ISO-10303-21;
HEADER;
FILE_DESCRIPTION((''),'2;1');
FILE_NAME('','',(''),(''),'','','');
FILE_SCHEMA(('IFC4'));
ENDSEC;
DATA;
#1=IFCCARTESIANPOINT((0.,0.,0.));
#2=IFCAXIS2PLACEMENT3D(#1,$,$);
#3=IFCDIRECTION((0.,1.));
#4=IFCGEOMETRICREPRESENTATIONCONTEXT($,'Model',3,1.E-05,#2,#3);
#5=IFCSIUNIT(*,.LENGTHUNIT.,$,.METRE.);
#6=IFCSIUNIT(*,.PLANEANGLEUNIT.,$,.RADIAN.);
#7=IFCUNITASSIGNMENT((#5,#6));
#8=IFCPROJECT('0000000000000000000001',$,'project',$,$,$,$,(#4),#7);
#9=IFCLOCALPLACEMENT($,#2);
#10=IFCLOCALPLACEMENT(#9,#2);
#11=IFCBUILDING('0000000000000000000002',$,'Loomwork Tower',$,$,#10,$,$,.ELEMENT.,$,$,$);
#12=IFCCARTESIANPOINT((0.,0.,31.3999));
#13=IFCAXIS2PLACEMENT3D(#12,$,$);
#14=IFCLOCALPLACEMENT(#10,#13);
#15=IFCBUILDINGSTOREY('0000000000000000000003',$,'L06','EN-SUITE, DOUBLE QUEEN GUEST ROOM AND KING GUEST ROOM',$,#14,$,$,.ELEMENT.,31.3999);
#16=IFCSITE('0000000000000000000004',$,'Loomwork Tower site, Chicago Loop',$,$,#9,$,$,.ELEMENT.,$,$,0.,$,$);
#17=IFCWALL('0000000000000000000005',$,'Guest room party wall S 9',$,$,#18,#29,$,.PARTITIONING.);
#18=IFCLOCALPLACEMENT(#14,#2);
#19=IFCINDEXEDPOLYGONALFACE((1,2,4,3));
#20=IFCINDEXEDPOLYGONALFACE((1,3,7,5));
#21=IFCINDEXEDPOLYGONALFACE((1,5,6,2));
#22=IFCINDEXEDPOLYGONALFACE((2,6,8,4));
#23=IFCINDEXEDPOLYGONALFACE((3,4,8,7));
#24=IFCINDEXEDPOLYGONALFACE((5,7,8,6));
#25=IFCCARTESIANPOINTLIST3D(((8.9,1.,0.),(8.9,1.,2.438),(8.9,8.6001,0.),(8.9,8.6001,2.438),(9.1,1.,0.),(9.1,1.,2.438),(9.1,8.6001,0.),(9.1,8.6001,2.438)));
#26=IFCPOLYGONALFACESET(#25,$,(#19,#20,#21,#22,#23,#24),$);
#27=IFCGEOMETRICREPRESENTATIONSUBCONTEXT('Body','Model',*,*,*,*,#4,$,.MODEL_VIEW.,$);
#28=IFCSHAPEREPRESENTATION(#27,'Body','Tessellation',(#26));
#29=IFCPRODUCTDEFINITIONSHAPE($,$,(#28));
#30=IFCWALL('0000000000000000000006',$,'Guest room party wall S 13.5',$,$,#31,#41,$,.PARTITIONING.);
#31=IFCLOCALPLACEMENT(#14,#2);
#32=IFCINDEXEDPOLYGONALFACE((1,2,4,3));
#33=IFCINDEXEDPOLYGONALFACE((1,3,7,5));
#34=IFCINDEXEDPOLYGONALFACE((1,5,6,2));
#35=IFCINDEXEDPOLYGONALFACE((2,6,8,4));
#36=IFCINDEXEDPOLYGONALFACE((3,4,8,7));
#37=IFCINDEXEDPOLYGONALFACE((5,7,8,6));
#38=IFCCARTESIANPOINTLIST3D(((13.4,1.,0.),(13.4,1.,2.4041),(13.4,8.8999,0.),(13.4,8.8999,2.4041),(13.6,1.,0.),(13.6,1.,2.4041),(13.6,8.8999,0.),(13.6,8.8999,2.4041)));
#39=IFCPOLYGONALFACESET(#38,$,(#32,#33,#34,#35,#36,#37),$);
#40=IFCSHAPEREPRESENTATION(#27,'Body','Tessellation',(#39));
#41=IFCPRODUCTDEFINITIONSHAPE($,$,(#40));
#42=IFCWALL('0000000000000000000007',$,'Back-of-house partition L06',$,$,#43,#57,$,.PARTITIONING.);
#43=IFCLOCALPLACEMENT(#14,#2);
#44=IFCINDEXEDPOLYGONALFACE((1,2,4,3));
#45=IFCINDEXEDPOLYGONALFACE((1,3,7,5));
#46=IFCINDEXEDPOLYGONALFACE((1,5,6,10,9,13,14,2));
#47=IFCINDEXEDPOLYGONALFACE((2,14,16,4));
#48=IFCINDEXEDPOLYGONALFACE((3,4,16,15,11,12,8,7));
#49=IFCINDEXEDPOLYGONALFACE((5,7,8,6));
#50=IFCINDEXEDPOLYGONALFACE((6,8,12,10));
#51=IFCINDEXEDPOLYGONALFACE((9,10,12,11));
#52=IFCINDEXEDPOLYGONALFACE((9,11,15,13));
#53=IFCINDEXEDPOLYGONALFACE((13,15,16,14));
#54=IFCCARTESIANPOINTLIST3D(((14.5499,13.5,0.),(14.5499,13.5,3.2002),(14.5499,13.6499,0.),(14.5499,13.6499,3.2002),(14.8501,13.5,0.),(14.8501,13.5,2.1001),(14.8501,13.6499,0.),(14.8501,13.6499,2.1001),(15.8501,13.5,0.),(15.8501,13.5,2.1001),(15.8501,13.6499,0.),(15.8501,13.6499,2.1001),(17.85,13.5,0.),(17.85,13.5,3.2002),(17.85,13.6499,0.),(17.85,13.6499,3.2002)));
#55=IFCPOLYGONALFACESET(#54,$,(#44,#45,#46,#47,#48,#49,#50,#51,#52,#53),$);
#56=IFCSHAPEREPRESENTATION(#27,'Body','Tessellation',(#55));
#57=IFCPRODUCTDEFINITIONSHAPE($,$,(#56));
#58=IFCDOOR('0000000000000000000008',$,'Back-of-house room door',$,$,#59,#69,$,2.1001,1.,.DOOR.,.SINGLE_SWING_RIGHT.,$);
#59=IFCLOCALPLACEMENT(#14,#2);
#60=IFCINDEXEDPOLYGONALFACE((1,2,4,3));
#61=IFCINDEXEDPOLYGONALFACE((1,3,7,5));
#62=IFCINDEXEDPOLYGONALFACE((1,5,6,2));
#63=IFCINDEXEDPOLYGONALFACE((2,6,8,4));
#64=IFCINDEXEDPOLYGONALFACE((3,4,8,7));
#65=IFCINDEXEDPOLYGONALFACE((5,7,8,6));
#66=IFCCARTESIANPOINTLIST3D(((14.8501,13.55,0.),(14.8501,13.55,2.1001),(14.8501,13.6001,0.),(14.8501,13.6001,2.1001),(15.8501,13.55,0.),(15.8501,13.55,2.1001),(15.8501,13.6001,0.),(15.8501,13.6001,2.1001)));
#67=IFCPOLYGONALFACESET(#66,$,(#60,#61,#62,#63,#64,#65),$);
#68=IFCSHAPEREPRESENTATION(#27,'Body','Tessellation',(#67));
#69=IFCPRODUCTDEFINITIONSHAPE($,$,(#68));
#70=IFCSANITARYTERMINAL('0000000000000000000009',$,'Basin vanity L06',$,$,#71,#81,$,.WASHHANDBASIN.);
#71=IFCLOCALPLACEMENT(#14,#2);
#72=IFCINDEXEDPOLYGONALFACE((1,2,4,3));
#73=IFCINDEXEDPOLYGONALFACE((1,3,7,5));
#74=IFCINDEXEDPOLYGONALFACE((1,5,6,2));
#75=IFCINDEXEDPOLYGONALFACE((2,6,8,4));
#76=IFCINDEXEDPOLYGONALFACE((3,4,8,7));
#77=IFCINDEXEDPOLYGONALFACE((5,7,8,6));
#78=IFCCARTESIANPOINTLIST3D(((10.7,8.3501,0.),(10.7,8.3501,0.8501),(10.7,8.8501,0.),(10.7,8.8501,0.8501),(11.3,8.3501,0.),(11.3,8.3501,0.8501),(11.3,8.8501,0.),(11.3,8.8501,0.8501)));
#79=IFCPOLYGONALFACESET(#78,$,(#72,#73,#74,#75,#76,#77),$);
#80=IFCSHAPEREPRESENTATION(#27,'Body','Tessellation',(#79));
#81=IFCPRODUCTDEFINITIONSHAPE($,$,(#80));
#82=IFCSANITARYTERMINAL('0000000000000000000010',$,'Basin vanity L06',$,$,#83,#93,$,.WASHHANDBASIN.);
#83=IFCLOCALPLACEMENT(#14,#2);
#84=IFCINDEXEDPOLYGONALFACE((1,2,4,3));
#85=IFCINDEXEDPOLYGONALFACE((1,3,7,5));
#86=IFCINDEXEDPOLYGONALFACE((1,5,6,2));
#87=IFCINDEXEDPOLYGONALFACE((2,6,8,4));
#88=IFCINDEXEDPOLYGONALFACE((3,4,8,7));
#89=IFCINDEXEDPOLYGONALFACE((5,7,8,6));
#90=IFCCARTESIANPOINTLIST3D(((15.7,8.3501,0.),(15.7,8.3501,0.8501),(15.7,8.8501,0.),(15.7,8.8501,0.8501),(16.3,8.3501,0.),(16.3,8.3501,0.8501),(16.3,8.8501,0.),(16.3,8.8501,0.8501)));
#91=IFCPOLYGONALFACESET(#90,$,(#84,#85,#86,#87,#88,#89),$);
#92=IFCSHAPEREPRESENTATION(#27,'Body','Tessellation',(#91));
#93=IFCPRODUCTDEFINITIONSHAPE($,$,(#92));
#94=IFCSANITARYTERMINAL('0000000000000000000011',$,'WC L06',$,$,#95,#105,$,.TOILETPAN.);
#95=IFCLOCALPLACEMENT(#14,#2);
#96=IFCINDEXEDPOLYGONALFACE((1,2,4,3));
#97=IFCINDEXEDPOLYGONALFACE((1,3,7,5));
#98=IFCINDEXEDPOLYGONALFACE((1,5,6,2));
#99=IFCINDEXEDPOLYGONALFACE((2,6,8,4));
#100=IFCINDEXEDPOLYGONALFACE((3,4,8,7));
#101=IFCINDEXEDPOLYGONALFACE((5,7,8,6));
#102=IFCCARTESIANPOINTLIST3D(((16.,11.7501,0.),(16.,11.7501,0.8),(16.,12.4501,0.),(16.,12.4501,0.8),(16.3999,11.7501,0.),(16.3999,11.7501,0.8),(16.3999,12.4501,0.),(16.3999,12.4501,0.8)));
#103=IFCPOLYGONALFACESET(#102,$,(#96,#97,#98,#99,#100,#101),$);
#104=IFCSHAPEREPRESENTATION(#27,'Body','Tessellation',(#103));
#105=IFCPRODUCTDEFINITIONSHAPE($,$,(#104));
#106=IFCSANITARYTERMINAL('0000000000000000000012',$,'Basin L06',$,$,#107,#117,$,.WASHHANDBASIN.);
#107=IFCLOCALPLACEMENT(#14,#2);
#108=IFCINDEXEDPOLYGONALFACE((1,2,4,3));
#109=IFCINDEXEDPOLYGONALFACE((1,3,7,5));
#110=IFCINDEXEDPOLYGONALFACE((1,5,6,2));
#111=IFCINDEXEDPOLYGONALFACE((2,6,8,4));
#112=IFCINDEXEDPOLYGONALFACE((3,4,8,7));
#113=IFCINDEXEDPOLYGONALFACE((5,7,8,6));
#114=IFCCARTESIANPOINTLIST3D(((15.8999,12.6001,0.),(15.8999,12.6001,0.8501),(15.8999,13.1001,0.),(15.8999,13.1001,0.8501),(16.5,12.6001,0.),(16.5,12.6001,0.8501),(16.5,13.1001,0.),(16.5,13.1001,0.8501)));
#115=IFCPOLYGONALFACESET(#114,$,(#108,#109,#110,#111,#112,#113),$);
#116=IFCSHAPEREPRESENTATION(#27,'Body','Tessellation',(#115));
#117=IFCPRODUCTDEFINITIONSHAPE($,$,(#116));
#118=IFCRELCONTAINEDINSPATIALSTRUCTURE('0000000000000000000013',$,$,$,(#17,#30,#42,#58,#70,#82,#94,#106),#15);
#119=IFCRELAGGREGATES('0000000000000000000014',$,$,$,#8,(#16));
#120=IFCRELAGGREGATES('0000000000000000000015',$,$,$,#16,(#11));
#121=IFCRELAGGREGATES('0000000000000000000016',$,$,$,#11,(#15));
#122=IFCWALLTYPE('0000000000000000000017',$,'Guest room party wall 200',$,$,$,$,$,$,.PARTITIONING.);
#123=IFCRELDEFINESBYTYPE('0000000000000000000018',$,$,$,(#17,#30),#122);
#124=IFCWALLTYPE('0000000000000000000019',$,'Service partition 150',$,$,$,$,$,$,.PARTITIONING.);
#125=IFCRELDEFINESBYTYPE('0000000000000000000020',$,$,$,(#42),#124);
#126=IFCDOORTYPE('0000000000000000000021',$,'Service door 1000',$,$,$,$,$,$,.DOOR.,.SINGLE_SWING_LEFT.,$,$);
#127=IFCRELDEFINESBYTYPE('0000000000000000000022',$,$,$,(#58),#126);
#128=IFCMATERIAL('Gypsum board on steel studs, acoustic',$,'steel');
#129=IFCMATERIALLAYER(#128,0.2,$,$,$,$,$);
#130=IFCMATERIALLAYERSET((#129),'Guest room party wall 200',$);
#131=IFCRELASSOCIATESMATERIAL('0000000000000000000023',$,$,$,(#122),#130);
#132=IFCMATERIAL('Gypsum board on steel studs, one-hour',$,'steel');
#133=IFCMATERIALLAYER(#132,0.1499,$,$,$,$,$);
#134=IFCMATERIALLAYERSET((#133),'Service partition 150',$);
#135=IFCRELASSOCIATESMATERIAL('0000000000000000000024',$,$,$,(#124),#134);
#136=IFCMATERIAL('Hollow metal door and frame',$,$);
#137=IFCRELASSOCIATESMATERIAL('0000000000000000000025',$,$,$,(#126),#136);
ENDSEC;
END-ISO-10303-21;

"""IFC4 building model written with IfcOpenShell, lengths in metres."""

from ifc_helpers import new_model, si_unit, direction, frame, frame_2d, origin, origin_2d, place, context, subcontext, project, spatial, rectangle, extrude, material, layer, layer_set, type_object, element, fill, save


model = new_model("IFC4")

# Units and contexts
model_context = context("Model", 3, precision=1e-05, world=origin(), true_north=direction((0.0, 1.0)))
body_context = subcontext(model_context, "Body", "Model", "MODEL_VIEW")
ifc_project = project(units=[si_unit("LENGTHUNIT", "METRE"), si_unit("PLANEANGLEUNIT", "RADIAN")], contexts=[model_context])

# Site, building, storey
site_placement = place(None, origin())
site = spatial("IfcSite", under=ifc_project, at=site_placement, Name="Loomwork Tower site, Chicago Loop", CompositionType="ELEMENT", RefElevation=0.0)
building_placement = place(site_placement, origin())
building = spatial("IfcBuilding", under=site, at=building_placement, Name="Loomwork Tower", CompositionType="ELEMENT")
storey_placement = place(building_placement, frame((0.0, 0.0, 31.3999)))
storey = spatial("IfcBuildingStorey", under=building, at=storey_placement, Name="L06", Description="EN-SUITE, DOUBLE QUEEN GUEST ROOM AND KING GUEST ROOM", CompositionType="ELEMENT", Elevation=31.3999)

# Walls
ifc_material_1 = material(Name="Gypsum board on steel studs, acoustic", Category="steel")
ifc_layer_1 = layer(ifc_material_1, 0.2)
ifc_layer_set_1 = layer_set([ifc_layer_1], Name="Guest room party wall 200")
wall_type_1 = type_object("IfcWallType", Name="Guest room party wall 200", PredefinedType="PARTITIONING", material=ifc_layer_set_1)
wall_1_placement = place(storey_placement, frame((9.0, 8.6001, 0.0), z_axis=(0.0, 0.0, 1.0), x_axis=(0.0, -1.0, 0.0)))
element("IfcWall", 1, at=wall_1_placement, inside=storey, type_object=wall_type_1, Name="Guest room party wall S 9", PredefinedType="PARTITIONING", context=body_context, shape_type="SweptSolid", body=[
    extrude(rectangle(XDim=7.6001, YDim=0.2, at=frame_2d((3.8, 0.0))), origin(), (0.0, 0.0, 1.0), 2.438),
])
wall_2_placement = place(storey_placement, frame((13.5, 8.8999, 0.0), z_axis=(0.0, 0.0, 1.0), x_axis=(0.0, -1.0, 0.0)))
element("IfcWall", 2, at=wall_2_placement, inside=storey, type_object=wall_type_1, Name="Guest room party wall S 13.5", PredefinedType="PARTITIONING", context=body_context, shape_type="SweptSolid", body=[
    extrude(rectangle(XDim=7.8999, YDim=0.2, at=frame_2d((3.95, 0.0))), origin(), (0.0, 0.0, 1.0), 2.4041),
])

# Wall, opening, door
ifc_material_2 = material(Name="Gypsum board on steel studs, one-hour", Category="steel")
ifc_layer_2 = layer(ifc_material_2, 0.1499)
ifc_layer_set_2 = layer_set([ifc_layer_2], Name="Service partition 150")
wall_type_2 = type_object("IfcWallType", Name="Service partition 150", PredefinedType="PARTITIONING", material=ifc_layer_set_2)
wall_3_placement = place(storey_placement, frame((14.55, 13.575, 0.0), z_axis=(0.0, 0.0, 1.0), x_axis=(1.0, 0.0, 0.0)))
wall_3 = element("IfcWall", 3, at=wall_3_placement, inside=storey, type_object=wall_type_2, Name="Back-of-house partition L06", PredefinedType="PARTITIONING", context=body_context, shape_type="SweptSolid", body=[
    extrude(rectangle(XDim=3.3, YDim=0.1499, at=frame_2d((1.6499, 0.0))), origin(), (0.0, 0.0, 1.0), 3.2002),
])
opening_1_placement = place(wall_3_placement, frame((0.3, 0.0, 0.0)))
opening_1 = element("IfcOpeningElement", 4, at=opening_1_placement, cuts=wall_3, PredefinedType="OPENING", context=body_context, shape_type="SweptSolid", body=[
    extrude(rectangle(XDim=1.0, YDim=2.1001, at=frame_2d((0.5, 1.05))), frame((0.0, 0.085, 0.0), z_axis=(0.0, -1.0, 0.0), x_axis=(1.0, 0.0, 0.0)), (0.0, 0.0, 1.0), 0.1699),
])
ifc_material_3 = material(Name="Hollow metal door and frame")
door_type_1 = type_object("IfcDoorType", Name="Service door 1000", OperationType="SINGLE_SWING_LEFT", PredefinedType="DOOR", material=ifc_material_3)
door_1_placement = place(opening_1_placement, frame((1.0, 0.0, 0.0), z_axis=(0.0, 0.0, 1.0), x_axis=(-1.0, 0.0, 0.0)))
door_1 = element("IfcDoor", 5, at=door_1_placement, inside=storey, type_object=door_type_1, Name="Back-of-house room door", OperationType="SINGLE_SWING_RIGHT", OverallHeight=2.1001, OverallWidth=1.0, PredefinedType="DOOR", context=body_context, shape_type="SweptSolid", body=[
    extrude(rectangle(XDim=1.0, YDim=2.1001, at=frame_2d((0.5, 1.05))), frame((0.0, 0.0249, 0.0), z_axis=(0.0, -1.0, 0.0), x_axis=(1.0, 0.0, 0.0)), (0.0, 0.0, 1.0), 0.05),
])
fill(opening_1, door_1)

# Sanitary terminals
for number, where, z_axis, x_axis, name in (
    (6, (11.0, 8.6001, 0.0), (0.0, 0.0, 1.0), (1.0, 0.0, 0.0), "Basin vanity L06"),
    (7, (16.0, 8.6001, 0.0), (0.0, 0.0, 1.0), (1.0, 0.0, 0.0), "Basin vanity L06"),
):
    element("IfcSanitaryTerminal", number, at=place(storey_placement, frame(where, z_axis=z_axis, x_axis=x_axis)), inside=storey, Name=name, PredefinedType="WASHHANDBASIN", context=body_context, shape_type="SweptSolid", body=[
        extrude(rectangle(XDim=0.6001, YDim=0.5, at=origin_2d()), origin(), (0.0, 0.0, 1.0), 0.8501),
    ])
sanitary_terminal_1_placement = place(storey_placement, frame((16.2, 12.1001, 0.0), z_axis=(0.0, 0.0, 1.0), x_axis=(1.0, 0.0, 0.0)))
element("IfcSanitaryTerminal", 8, at=sanitary_terminal_1_placement, inside=storey, Name="WC L06", PredefinedType="TOILETPAN", context=body_context, shape_type="SweptSolid", body=[
    extrude(rectangle(XDim=0.3999, YDim=0.7, at=origin_2d()), origin(), (0.0, 0.0, 1.0), 0.8),
])
sanitary_terminal_2_placement = place(storey_placement, frame((16.2, 12.8501, 0.0), z_axis=(0.0, 0.0, 1.0), x_axis=(1.0, 0.0, 0.0)))
element("IfcSanitaryTerminal", 9, at=sanitary_terminal_2_placement, inside=storey, Name="Basin L06", PredefinedType="WASHHANDBASIN", context=body_context, shape_type="SweptSolid", body=[
    extrude(rectangle(XDim=0.6001, YDim=0.5, at=origin_2d()), origin(), (0.0, 0.0, 1.0), 0.8501),
])

save(model, "model.ifc")
